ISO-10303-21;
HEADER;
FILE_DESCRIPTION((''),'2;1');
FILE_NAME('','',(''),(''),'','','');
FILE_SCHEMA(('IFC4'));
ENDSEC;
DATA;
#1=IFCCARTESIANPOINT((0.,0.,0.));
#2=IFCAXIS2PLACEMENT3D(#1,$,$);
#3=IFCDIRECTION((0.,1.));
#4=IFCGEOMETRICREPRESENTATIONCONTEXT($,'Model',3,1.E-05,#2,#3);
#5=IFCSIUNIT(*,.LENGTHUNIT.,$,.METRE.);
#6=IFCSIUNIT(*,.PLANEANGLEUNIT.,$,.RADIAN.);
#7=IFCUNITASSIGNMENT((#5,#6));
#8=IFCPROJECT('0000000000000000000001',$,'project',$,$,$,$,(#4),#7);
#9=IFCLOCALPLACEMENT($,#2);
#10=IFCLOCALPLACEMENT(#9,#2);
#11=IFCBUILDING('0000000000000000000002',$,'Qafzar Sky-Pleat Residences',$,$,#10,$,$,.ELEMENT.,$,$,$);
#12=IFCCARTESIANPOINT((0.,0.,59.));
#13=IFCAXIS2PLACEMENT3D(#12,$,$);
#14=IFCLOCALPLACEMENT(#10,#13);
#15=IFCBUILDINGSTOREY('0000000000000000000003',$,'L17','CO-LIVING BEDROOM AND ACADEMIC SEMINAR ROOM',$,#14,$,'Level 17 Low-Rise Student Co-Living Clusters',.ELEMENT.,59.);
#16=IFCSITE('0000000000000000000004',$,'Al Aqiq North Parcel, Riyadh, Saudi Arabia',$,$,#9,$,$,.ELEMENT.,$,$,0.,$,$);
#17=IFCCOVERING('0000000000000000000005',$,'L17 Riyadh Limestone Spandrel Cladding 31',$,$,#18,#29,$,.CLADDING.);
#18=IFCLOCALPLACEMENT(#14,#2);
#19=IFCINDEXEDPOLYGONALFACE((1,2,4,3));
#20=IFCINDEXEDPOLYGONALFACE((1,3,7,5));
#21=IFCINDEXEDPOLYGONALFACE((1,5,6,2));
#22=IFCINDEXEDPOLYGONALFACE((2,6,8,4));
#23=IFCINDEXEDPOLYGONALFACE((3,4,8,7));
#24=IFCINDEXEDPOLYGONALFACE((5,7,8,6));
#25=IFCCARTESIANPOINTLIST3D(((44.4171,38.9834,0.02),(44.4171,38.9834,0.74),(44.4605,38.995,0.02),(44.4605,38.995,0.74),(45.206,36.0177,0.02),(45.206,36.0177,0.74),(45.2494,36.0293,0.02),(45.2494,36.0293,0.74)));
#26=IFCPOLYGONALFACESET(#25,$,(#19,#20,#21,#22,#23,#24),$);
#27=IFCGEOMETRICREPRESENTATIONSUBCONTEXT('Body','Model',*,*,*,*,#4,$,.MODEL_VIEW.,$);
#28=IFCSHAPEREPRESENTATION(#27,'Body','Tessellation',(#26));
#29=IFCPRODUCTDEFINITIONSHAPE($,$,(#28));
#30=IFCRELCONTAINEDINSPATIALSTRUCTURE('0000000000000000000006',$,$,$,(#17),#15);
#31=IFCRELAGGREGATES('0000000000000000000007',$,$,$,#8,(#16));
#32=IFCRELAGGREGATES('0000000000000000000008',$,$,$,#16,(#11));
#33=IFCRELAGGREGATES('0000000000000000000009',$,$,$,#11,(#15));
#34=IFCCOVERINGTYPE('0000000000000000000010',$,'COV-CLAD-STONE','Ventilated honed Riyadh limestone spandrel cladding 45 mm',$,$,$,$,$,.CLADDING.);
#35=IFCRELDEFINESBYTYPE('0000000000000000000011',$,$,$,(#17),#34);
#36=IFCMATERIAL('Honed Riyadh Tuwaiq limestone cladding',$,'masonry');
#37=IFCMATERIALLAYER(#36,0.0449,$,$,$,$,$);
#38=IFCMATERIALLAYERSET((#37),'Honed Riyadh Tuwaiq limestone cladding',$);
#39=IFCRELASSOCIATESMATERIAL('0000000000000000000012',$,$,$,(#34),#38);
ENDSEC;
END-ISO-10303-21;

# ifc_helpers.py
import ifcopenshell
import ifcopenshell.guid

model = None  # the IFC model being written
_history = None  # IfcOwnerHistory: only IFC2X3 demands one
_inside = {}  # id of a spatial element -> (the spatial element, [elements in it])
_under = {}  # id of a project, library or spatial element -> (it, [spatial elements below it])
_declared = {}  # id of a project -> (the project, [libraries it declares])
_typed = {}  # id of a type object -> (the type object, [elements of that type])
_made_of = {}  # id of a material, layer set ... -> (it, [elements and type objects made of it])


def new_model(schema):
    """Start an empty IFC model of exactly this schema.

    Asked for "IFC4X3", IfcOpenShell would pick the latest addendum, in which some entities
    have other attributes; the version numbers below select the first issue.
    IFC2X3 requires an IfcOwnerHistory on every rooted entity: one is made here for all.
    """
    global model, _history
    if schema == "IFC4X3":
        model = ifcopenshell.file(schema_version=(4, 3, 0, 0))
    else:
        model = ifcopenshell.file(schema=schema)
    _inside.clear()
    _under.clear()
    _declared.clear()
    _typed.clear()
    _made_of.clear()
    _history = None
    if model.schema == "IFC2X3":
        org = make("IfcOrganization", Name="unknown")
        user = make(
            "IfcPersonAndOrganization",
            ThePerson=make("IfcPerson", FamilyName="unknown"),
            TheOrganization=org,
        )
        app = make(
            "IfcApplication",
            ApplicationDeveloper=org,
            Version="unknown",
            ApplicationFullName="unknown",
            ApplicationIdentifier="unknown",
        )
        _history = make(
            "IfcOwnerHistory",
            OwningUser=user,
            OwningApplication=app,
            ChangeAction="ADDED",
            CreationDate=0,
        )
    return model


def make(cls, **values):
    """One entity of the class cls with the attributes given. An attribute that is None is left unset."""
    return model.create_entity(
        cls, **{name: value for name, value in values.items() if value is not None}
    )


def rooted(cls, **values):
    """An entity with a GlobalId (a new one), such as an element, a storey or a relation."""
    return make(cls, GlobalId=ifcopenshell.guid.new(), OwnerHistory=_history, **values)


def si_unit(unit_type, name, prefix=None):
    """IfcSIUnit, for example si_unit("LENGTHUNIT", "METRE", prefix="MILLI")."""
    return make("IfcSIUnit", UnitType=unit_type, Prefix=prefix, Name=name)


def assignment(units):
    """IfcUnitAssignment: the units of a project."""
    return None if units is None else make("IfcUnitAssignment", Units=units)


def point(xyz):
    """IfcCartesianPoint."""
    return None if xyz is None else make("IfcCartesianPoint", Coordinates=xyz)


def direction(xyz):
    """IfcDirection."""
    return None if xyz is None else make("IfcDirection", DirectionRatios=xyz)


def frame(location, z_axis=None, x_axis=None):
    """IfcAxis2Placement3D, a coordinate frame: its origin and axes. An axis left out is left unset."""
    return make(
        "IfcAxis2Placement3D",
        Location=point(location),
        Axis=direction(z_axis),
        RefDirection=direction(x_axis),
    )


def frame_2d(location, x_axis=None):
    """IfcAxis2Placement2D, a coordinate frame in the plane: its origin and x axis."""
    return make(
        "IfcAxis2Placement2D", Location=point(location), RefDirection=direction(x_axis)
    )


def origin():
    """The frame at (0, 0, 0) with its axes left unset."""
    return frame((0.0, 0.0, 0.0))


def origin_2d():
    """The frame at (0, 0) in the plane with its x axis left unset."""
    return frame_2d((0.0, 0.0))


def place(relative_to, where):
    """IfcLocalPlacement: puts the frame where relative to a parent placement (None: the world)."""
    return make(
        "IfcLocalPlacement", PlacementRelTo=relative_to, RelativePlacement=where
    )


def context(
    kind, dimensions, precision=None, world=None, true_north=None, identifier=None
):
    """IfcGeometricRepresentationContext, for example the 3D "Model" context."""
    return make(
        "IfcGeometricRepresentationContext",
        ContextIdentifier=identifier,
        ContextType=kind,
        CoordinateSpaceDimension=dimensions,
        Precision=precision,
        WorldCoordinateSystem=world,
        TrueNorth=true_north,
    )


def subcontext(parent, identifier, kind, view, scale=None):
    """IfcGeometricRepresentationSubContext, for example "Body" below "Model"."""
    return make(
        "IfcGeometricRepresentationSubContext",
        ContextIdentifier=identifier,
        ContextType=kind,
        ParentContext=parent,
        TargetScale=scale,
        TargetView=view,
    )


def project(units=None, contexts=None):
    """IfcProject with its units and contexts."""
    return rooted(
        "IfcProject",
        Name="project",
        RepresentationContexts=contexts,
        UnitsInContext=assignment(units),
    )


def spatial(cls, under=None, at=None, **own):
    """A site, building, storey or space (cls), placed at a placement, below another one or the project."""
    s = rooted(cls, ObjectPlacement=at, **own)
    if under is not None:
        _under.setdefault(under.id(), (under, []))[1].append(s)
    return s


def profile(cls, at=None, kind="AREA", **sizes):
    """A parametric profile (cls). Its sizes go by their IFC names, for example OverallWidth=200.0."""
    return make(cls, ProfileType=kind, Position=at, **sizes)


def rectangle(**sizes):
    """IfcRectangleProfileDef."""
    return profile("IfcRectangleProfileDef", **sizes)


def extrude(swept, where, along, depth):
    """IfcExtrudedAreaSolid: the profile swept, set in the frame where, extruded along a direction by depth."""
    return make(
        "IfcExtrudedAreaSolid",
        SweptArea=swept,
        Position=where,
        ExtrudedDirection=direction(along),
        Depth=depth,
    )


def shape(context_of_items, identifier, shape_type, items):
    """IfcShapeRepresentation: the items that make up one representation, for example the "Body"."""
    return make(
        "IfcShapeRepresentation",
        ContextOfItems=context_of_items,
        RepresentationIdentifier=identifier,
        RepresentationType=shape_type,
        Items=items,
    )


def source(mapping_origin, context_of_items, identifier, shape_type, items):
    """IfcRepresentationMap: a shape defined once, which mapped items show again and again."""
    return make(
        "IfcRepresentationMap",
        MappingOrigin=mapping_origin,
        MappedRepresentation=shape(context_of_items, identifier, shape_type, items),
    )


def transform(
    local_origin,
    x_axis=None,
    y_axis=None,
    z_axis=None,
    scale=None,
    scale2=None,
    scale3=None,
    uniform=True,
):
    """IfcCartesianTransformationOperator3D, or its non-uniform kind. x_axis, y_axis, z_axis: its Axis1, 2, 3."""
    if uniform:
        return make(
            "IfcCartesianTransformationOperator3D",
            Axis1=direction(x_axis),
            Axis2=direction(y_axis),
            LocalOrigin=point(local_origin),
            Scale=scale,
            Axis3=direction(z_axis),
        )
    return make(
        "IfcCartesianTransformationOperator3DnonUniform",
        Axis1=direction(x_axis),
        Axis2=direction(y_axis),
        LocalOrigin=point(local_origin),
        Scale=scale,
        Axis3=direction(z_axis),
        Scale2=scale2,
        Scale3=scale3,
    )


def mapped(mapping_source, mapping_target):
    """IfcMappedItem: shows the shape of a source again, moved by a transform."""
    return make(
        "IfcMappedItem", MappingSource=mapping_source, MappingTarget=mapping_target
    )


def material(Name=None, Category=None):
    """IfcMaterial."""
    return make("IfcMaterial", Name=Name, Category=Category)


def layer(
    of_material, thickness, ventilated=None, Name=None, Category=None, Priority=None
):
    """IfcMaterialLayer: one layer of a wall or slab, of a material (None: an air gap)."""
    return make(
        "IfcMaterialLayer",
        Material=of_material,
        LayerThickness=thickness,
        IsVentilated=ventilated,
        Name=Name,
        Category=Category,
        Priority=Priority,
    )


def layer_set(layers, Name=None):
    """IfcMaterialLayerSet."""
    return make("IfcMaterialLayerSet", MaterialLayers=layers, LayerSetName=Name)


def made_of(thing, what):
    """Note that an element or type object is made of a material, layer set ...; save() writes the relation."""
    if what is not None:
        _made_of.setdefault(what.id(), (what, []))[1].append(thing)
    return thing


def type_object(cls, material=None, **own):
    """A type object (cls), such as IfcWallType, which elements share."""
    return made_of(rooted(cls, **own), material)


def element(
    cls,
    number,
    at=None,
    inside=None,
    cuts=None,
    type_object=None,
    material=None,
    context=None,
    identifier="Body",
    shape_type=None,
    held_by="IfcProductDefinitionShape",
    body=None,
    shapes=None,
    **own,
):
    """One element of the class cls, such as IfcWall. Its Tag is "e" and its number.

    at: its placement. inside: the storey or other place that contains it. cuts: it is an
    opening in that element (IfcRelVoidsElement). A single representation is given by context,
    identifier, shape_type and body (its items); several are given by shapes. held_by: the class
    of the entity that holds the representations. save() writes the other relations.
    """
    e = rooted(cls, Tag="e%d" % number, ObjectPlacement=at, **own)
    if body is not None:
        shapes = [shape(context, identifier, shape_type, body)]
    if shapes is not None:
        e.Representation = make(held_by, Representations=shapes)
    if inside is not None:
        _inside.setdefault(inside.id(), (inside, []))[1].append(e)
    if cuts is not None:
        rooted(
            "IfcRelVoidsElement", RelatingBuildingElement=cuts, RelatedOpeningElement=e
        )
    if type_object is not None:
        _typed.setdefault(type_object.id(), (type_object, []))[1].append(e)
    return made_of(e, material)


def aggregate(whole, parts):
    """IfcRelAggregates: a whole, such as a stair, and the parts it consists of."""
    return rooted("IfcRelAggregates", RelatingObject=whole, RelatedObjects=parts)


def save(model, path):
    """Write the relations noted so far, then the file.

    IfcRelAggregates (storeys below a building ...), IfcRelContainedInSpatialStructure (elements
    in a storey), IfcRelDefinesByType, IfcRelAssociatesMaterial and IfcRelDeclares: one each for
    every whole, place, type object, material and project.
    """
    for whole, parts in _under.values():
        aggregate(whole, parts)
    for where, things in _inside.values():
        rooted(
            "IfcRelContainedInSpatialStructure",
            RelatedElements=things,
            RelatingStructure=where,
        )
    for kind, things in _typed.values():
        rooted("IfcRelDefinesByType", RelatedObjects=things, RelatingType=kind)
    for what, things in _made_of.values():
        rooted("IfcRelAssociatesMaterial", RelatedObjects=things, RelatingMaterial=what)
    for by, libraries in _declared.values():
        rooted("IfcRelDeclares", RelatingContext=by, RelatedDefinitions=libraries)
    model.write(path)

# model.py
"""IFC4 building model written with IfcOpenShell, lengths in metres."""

from ifc_helpers import new_model, si_unit, direction, frame, origin, origin_2d, place, context, subcontext, project, spatial, rectangle, extrude, source, transform, mapped, material, layer, layer_set, type_object, element, save


model = new_model("IFC4")

# Units and contexts
model_context = context("Model", 3, precision=1e-05, world=origin(), true_north=direction((0.0, 1.0)))
body_context = subcontext(model_context, "Body", "Model", "MODEL_VIEW")
ifc_project = project(units=[si_unit("LENGTHUNIT", "METRE"), si_unit("PLANEANGLEUNIT", "RADIAN")], contexts=[model_context])

# Site, building, storey
site_placement = place(None, origin())
site = spatial("IfcSite", under=ifc_project, at=site_placement, Name="Al Aqiq North Parcel, Riyadh, Saudi Arabia", CompositionType="ELEMENT", RefElevation=0.0)
building_placement = place(site_placement, origin())
building = spatial("IfcBuilding", under=site, at=building_placement, Name="Qafzar Sky-Pleat Residences", CompositionType="ELEMENT")
storey_placement = place(building_placement, frame((0.0, 0.0, 59.0)))
storey = spatial("IfcBuildingStorey", under=building, at=storey_placement, Name="L17", Description="CO-LIVING BEDROOM AND ACADEMIC SEMINAR ROOM", LongName="Level 17 Low-Rise Student Co-Living Clusters", CompositionType="ELEMENT", Elevation=59.0)

# Covering
ifc_material_1 = material(Name="Honed Riyadh Tuwaiq limestone cladding", Category="masonry")
ifc_layer_1 = layer(ifc_material_1, 0.0449)
ifc_layer_set_1 = layer_set([ifc_layer_1], Name="Honed Riyadh Tuwaiq limestone cladding")
covering_type = type_object("IfcCoveringType", Name="COV-CLAD-STONE", Description="Ventilated honed Riyadh limestone spandrel cladding 45 mm", PredefinedType="CLADDING", material=ifc_layer_set_1)
shared_shape_1 = source(origin(), body_context, "Body", "SweptSolid", [
    extrude(rectangle(XDim=3.0688, YDim=0.0449, at=origin_2d()), origin(), (0.0, 0.0, 1.0), 0.72),
])
covering_1_placement = place(storey_placement, frame((44.8333, 37.5063, 0.02), z_axis=(0.0, 0.0, 1.0), x_axis=(-0.257075, 0.966391, 0.0)))
element("IfcCovering", 1, at=covering_1_placement, inside=storey, type_object=covering_type, Name="L17 Riyadh Limestone Spandrel Cladding 31", PredefinedType="CLADDING", context=body_context, shape_type="MappedRepresentation", body=[
    mapped(shared_shape_1, transform((0.0, 0.0, 0.0), x_axis=(1.0, 0.0, 0.0), y_axis=(0.0, 1.0, 0.0), z_axis=(0.0, 0.0, 1.0), scale=1.0)),
])

save(model, "model.ifc")
